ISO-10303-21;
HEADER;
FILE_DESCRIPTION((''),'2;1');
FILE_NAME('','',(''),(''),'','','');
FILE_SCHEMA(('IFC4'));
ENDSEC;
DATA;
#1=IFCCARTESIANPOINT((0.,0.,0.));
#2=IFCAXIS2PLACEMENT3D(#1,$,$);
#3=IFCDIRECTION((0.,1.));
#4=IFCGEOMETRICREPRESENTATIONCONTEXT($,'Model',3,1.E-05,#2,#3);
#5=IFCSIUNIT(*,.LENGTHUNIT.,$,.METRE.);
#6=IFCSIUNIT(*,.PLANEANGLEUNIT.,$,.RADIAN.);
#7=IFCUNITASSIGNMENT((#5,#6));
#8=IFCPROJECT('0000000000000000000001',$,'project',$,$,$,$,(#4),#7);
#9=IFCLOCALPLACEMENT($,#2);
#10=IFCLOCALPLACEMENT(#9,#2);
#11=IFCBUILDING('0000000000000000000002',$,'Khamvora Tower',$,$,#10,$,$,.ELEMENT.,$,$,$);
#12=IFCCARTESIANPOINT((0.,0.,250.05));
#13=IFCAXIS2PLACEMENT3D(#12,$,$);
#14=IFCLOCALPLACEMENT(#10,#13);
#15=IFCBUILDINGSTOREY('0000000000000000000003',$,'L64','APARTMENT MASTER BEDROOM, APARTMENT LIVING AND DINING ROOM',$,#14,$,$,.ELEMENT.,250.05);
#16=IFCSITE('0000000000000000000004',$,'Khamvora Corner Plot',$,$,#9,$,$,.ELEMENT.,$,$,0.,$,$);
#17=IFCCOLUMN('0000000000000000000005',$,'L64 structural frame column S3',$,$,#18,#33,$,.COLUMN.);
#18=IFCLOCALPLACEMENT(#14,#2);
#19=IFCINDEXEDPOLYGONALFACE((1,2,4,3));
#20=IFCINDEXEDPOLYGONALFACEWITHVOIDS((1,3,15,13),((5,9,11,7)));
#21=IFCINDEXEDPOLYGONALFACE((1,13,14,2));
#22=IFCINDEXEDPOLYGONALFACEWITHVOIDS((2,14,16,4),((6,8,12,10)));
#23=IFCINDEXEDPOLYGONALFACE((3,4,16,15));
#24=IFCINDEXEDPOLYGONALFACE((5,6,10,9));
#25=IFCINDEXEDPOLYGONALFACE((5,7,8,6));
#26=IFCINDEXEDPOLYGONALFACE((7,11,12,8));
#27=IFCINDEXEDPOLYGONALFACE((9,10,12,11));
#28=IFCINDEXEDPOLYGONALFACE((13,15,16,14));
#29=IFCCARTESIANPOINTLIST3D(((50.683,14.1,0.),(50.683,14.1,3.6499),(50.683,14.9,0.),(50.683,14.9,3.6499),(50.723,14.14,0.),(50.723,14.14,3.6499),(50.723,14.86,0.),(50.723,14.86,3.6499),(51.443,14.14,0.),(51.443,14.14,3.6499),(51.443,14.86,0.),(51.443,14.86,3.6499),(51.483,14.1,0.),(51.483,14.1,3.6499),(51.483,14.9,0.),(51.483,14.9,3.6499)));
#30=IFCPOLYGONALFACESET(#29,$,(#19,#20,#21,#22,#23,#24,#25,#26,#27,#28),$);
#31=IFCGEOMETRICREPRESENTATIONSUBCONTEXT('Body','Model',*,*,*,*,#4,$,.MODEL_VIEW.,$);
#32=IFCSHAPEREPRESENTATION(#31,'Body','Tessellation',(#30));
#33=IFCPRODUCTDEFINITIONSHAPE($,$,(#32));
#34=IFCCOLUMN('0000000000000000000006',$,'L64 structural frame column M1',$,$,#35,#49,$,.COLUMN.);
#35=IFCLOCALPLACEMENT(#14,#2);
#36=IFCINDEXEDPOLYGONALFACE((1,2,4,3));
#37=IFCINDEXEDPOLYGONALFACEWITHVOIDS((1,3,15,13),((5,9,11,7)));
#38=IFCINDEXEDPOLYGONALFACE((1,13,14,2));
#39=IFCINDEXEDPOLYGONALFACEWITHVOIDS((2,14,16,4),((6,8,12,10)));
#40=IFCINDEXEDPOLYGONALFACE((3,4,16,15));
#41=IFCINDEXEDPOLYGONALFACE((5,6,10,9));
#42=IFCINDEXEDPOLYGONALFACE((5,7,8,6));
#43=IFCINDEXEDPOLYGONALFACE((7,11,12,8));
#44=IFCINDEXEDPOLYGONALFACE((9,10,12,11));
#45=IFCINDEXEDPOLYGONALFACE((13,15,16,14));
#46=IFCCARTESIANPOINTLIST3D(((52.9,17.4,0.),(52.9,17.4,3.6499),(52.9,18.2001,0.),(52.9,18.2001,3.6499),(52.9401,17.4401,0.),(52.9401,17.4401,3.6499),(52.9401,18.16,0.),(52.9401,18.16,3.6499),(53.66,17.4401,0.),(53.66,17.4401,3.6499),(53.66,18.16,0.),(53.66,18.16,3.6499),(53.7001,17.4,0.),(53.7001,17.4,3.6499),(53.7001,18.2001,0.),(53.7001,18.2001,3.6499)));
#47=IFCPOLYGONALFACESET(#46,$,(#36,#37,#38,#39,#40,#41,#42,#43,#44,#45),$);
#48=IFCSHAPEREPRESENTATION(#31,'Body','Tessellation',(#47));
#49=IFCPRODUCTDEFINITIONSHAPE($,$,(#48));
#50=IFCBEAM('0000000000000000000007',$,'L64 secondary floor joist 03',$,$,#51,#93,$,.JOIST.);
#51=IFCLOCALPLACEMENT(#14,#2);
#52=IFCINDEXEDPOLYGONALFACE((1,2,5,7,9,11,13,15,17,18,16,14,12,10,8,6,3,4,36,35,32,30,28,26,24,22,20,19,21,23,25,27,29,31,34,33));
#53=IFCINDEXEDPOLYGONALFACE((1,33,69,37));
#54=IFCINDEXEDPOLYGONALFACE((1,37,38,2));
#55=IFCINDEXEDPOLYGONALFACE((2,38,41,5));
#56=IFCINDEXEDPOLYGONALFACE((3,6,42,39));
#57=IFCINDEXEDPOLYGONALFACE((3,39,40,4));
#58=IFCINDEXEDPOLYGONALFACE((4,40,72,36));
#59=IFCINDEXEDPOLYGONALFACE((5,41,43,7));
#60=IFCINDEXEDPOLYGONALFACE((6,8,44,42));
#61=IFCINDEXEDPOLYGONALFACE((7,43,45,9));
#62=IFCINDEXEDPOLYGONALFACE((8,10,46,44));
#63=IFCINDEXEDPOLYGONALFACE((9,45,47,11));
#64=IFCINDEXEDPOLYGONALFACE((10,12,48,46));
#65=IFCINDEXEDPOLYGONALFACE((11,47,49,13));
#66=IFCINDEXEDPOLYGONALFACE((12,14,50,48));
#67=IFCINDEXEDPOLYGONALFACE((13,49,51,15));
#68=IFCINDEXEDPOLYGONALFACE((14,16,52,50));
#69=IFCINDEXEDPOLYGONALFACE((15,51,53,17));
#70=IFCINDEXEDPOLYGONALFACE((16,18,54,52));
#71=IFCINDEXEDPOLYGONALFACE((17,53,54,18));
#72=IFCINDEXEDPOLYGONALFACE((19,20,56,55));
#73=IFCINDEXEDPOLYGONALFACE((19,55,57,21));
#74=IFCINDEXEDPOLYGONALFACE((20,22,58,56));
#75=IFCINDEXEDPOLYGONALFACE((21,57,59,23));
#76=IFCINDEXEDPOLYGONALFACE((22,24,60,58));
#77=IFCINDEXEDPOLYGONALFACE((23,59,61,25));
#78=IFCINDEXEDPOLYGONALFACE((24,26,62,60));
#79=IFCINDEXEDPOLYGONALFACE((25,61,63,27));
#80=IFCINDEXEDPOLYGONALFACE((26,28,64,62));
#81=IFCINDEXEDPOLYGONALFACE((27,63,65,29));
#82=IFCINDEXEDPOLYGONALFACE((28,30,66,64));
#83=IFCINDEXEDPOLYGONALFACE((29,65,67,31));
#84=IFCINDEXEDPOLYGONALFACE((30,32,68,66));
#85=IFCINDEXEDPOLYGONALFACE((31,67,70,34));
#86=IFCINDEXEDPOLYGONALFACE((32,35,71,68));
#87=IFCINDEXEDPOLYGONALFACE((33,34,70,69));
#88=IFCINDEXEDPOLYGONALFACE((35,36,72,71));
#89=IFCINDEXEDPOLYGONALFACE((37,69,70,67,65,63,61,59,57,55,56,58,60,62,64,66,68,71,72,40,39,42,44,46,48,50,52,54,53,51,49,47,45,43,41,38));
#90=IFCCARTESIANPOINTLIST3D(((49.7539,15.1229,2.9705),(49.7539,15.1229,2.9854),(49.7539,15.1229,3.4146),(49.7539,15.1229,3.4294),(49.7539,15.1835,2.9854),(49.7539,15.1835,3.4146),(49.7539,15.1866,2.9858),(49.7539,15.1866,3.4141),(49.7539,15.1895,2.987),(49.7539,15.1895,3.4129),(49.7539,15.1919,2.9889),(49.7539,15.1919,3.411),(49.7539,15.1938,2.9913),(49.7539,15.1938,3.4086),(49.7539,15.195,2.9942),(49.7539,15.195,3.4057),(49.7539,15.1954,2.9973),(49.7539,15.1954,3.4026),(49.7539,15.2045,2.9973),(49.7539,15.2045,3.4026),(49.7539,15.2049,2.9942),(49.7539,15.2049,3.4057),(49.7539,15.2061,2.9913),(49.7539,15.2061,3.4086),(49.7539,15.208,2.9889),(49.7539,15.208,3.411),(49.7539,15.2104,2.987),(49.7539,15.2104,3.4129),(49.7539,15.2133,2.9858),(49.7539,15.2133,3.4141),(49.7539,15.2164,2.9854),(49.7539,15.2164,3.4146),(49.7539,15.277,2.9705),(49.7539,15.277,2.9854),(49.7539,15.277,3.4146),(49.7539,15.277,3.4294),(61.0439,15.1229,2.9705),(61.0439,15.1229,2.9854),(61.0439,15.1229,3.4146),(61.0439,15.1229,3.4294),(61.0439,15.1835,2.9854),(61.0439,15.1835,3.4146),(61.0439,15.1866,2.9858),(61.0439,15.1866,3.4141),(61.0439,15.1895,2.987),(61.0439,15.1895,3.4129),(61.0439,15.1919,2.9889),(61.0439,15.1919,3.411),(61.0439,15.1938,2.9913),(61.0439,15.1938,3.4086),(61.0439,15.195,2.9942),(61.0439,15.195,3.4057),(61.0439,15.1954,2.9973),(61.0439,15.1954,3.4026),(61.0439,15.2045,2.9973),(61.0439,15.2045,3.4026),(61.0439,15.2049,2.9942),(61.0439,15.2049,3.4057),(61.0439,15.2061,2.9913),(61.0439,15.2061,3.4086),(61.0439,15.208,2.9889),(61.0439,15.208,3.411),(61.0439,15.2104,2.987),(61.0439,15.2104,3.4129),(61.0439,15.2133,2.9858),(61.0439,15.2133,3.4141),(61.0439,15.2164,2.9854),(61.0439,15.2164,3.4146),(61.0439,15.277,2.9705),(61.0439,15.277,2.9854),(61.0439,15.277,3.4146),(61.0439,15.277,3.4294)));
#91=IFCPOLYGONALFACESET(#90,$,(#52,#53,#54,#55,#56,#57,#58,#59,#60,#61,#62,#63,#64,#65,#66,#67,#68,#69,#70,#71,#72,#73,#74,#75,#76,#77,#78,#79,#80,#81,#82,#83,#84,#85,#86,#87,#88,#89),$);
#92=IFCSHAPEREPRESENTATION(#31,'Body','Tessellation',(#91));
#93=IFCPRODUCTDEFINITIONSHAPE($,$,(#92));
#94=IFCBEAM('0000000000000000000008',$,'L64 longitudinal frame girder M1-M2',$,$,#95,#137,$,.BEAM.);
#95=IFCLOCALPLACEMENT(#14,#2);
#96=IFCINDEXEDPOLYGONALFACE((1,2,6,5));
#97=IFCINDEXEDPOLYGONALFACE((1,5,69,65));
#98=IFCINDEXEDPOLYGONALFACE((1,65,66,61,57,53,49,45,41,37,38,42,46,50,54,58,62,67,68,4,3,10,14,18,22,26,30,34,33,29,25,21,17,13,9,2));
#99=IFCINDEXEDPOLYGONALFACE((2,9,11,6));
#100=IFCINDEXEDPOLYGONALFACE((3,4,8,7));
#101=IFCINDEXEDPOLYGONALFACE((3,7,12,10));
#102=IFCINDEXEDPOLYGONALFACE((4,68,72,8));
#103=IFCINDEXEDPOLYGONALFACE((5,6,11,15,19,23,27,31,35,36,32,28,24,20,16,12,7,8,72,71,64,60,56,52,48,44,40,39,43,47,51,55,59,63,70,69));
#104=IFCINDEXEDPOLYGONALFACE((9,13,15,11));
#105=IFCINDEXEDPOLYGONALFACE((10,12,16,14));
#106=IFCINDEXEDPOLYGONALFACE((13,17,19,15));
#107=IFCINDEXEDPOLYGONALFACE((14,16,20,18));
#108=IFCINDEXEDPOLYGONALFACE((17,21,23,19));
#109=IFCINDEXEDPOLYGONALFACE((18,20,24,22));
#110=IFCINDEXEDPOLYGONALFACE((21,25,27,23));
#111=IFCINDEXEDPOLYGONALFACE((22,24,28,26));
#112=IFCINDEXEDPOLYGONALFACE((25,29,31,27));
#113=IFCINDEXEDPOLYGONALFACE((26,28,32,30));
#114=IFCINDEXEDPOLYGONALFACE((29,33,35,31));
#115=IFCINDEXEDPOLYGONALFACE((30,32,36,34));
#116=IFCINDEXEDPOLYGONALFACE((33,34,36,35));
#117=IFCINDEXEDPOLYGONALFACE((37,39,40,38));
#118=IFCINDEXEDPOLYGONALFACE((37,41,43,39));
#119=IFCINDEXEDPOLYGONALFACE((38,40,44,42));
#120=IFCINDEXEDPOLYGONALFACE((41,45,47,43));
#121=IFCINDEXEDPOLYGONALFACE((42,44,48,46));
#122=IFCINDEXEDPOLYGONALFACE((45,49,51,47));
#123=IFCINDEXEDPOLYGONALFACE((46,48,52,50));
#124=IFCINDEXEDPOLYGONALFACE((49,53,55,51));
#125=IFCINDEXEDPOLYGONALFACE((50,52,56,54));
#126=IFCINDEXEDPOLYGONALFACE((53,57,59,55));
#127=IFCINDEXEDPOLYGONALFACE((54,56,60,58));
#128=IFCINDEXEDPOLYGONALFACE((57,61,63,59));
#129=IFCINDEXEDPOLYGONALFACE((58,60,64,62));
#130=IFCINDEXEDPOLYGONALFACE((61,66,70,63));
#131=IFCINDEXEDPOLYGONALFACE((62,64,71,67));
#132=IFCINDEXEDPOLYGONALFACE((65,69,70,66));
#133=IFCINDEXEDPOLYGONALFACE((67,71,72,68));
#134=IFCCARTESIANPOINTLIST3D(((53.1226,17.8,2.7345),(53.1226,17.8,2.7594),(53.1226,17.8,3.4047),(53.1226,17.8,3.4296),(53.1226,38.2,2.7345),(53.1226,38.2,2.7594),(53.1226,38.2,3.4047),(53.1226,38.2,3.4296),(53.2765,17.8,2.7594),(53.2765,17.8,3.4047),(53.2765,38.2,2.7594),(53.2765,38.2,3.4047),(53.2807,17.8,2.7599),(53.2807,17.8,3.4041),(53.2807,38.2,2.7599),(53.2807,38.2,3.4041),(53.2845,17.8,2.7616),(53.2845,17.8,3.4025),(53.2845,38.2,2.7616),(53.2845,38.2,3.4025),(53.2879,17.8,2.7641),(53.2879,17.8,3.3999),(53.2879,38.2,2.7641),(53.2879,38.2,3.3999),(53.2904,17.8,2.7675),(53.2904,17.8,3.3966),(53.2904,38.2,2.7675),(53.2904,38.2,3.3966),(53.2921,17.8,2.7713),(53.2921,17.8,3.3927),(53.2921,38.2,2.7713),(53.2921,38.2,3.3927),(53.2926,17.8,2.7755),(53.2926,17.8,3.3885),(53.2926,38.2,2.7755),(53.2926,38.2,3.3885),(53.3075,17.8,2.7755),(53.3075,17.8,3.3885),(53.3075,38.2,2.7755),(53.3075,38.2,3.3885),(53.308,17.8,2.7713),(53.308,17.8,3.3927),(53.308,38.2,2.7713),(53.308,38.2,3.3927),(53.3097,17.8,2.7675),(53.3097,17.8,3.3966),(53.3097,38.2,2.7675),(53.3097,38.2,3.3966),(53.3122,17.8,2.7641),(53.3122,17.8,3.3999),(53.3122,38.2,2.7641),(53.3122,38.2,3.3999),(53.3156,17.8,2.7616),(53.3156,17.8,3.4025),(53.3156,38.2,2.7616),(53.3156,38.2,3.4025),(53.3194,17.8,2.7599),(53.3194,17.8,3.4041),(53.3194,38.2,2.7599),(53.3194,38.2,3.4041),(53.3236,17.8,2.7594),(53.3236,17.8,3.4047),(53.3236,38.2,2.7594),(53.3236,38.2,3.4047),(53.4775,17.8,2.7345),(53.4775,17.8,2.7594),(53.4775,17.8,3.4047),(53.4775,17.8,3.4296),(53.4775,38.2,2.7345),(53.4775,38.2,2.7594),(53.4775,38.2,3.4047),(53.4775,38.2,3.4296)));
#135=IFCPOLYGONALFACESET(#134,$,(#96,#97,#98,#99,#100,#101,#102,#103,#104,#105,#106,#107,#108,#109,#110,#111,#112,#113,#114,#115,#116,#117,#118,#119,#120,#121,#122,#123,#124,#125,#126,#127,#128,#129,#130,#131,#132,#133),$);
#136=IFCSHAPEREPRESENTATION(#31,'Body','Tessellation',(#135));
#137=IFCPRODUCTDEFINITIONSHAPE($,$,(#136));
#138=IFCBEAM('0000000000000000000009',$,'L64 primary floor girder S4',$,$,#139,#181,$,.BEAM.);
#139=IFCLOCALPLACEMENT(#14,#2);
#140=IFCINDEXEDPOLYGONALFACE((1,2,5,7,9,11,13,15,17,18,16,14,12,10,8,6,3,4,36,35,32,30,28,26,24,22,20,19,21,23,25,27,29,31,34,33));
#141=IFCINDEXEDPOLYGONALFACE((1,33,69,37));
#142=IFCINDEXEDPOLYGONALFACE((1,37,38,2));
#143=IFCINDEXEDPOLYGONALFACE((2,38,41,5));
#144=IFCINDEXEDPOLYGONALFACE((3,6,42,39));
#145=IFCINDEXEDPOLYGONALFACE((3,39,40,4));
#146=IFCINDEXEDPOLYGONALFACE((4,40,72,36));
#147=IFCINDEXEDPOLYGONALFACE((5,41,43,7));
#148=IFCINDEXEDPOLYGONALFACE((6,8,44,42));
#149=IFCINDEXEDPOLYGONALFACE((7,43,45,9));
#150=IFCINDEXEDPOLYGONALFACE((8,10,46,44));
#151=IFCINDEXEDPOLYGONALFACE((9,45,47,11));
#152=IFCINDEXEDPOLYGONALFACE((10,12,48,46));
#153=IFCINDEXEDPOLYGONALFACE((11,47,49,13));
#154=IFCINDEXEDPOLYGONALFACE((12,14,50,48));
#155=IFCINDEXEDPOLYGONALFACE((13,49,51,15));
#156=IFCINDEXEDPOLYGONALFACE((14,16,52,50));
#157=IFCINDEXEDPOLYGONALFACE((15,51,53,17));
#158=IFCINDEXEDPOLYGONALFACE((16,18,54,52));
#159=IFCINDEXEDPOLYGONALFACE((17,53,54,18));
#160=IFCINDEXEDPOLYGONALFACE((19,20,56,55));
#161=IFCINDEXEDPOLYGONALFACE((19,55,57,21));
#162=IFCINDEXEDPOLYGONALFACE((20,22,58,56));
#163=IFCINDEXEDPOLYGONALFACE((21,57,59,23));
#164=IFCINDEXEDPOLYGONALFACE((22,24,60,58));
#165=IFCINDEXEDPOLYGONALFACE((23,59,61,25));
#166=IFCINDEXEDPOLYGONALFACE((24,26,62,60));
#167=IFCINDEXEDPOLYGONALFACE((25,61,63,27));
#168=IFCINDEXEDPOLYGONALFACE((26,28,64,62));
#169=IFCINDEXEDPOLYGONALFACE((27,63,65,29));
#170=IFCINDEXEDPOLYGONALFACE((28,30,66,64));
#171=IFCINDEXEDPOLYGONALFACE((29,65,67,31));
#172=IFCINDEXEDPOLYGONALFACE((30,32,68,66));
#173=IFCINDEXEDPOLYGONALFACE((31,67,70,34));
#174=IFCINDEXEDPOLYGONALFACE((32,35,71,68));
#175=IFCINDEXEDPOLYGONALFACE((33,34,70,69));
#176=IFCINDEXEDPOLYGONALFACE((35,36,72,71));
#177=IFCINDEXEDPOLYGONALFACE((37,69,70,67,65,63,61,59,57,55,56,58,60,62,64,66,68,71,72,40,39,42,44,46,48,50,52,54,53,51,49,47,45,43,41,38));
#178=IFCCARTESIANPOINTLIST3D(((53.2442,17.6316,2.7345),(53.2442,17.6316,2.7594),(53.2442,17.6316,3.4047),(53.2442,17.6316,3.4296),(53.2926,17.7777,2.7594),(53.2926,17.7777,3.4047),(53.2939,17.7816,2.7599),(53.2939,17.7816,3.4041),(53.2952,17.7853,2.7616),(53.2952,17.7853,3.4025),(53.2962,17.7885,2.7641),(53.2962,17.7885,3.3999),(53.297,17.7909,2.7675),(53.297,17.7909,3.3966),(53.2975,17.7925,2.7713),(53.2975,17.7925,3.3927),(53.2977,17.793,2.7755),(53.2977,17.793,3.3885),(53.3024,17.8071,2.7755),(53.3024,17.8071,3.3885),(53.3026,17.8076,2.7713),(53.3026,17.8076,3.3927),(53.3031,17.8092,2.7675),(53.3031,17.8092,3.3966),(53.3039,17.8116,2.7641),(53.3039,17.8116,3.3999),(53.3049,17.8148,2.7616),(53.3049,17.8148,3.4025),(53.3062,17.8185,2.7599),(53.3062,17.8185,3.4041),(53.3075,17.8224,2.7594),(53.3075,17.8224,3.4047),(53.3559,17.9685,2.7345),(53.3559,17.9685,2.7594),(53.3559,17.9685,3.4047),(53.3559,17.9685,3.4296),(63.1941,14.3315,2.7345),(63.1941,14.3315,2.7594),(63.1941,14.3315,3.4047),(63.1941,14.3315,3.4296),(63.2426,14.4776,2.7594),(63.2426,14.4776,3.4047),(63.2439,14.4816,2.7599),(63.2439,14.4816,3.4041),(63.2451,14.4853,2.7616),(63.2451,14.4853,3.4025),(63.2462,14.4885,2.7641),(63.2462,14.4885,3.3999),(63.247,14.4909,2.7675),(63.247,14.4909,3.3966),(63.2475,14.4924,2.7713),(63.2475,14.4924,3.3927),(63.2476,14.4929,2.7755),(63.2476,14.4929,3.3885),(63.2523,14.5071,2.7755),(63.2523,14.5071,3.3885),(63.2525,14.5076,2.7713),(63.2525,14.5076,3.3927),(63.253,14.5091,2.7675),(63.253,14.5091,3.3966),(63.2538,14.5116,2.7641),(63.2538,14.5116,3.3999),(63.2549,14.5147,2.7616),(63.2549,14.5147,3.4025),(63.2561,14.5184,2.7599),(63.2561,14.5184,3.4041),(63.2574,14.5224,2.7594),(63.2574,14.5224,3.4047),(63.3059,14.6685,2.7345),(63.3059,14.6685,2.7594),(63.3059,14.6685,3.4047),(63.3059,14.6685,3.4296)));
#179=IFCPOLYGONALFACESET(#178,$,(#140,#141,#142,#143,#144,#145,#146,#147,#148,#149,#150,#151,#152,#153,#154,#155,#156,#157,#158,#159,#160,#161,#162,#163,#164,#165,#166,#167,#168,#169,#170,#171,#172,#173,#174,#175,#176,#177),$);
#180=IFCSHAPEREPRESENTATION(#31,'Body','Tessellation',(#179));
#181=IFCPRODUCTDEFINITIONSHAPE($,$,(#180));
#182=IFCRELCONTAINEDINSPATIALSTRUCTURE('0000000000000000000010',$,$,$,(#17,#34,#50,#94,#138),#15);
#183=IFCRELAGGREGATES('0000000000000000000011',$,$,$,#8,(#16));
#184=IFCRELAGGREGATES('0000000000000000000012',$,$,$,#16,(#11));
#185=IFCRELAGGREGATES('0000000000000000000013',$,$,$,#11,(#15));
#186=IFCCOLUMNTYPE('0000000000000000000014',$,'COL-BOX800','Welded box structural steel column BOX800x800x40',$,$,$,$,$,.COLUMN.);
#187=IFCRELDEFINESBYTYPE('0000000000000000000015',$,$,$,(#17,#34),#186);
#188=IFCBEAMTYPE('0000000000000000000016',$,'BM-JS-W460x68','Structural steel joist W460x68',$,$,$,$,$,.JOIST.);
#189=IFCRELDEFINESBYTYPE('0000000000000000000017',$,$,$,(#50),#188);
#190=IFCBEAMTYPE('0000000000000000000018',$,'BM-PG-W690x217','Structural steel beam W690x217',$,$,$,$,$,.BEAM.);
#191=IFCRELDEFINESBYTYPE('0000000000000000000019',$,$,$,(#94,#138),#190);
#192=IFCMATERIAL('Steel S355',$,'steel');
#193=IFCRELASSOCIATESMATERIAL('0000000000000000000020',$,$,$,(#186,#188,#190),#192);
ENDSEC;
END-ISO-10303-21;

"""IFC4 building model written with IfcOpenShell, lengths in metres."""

from ifc_helpers import new_model, si_unit, direction, frame, origin, origin_2d, place, context, subcontext, project, spatial, hollow_rectangle, i_section, extrude, material, material_profile, profile_set, type_object, element, save


model = new_model("IFC4")

# Units and contexts
model_context = context("Model", 3, precision=1e-05, world=origin(), true_north=direction((0.0, 1.0)))
body_context = subcontext(model_context, "Body", "Model", "MODEL_VIEW")
ifc_project = project(units=[si_unit("LENGTHUNIT", "METRE"), si_unit("PLANEANGLEUNIT", "RADIAN")], contexts=[model_context])

# Site, building, storey
site_placement = place(None, origin())
site = spatial("IfcSite", under=ifc_project, at=site_placement, Name="Khamvora Corner Plot", CompositionType="ELEMENT", RefElevation=0.0)
building_placement = place(site_placement, origin())
building = spatial("IfcBuilding", under=site, at=building_placement, Name="Khamvora Tower", CompositionType="ELEMENT")
storey_placement = place(building_placement, frame((0.0, 0.0, 250.05)))
storey = spatial("IfcBuildingStorey", under=building, at=storey_placement, Name="L64", Description="APARTMENT MASTER BEDROOM, APARTMENT LIVING AND DINING ROOM", CompositionType="ELEMENT", Elevation=250.05)

# Columns
ifc_material_1 = material(Name="Steel S355", Category="steel")
ifc_material_profile_1 = material_profile(ifc_material_1, hollow_rectangle(XDim=0.8, YDim=0.8, WallThickness=0.04, at=origin_2d()), Name="BOX800x800x40")
ifc_profile_set_1 = profile_set([ifc_material_profile_1], Name="Steel S355")
column_type = type_object("IfcColumnType", Name="COL-BOX800", Description="Welded box structural steel column BOX800x800x40", PredefinedType="COLUMN", material=ifc_profile_set_1)
for number, where, z_axis, x_axis, name in (
    (1, (51.083, 14.5, 0.0), (0.0, 0.0, 1.0), (1.0, 0.0, 0.0), "L64 structural frame column S3"),
    (2, (53.3, 17.8, 0.0), (0.0, 0.0, 1.0), (1.0, 0.0, 0.0), "L64 structural frame column M1"),
):
    element("IfcColumn", number, at=place(storey_placement, frame(where, z_axis=z_axis, x_axis=x_axis)), inside=storey, type_object=column_type, Name=name, PredefinedType="COLUMN", context=body_context, shape_type="SweptSolid", body=[
        extrude(hollow_rectangle(XDim=0.8, YDim=0.8, WallThickness=0.04, at=origin_2d()), origin(), (0.0, 0.0, 1.0), 3.6499),
    ])

# Beams
ifc_material_profile_2 = material_profile(ifc_material_1, i_section(OverallWidth=0.1541, OverallDepth=0.459, WebThickness=0.009, FlangeThickness=0.0149, FilletRadius=0.012, at=origin_2d()), Name="W460x68")
ifc_profile_set_2 = profile_set([ifc_material_profile_2], Name="Steel S355")
beam_type_1 = type_object("IfcBeamType", Name="BM-JS-W460x68", Description="Structural steel joist W460x68", PredefinedType="JOIST", material=ifc_profile_set_2)
beam_1_placement = place(storey_placement, frame((49.7539, 15.2, 3.2), z_axis=(1.0, 0.0, 0.0), x_axis=(0.0, 1.0, 0.0)))
element("IfcBeam", 3, at=beam_1_placement, inside=storey, type_object=beam_type_1, Name="L64 secondary floor joist 03", PredefinedType="JOIST", context=body_context, shape_type="SweptSolid", body=[
    extrude(i_section(OverallWidth=0.1541, OverallDepth=0.459, WebThickness=0.009, FlangeThickness=0.0149, FilletRadius=0.012, at=origin_2d()), origin(), (0.0, 0.0, 1.0), 11.29),
])
ifc_material_profile_3 = material_profile(ifc_material_1, i_section(OverallWidth=0.355, OverallDepth=0.6951, WebThickness=0.0149, FlangeThickness=0.0249, FilletRadius=0.0161, at=origin_2d()), Name="W690x217")
ifc_profile_set_3 = profile_set([ifc_material_profile_3], Name="Steel S355")
beam_type_2 = type_object("IfcBeamType", Name="BM-PG-W690x217", Description="Structural steel beam W690x217", PredefinedType="BEAM", material=ifc_profile_set_3)
beam_2_placement = place(storey_placement, frame((53.3, 17.8, 3.082), z_axis=(0.0, 1.0, 0.0), x_axis=(-1.0, 0.0, 0.0)))
element("IfcBeam", 4, at=beam_2_placement, inside=storey, type_object=beam_type_2, Name="L64 longitudinal frame girder M1-M2", PredefinedType="BEAM", context=body_context, shape_type="SweptSolid", body=[
    extrude(i_section(OverallWidth=0.355, OverallDepth=0.6951, WebThickness=0.0149, FlangeThickness=0.0249, FilletRadius=0.0161, at=origin_2d()), origin(), (0.0, 0.0, 1.0), 20.3999),
])
beam_3_placement = place(storey_placement, frame((53.3, 17.8, 3.082), z_axis=(0.949157, -0.314802, 0.0), x_axis=(0.314802, 0.949157, 0.0)))
element("IfcBeam", 5, at=beam_3_placement, inside=storey, type_object=beam_type_2, Name="L64 primary floor girder S4", PredefinedType="BEAM", context=body_context, shape_type="SweptSolid", body=[
    extrude(i_section(OverallWidth=0.355, OverallDepth=0.6951, WebThickness=0.0149, FlangeThickness=0.0249, FilletRadius=0.0161, at=origin_2d()), origin(), (0.0, 0.0, 1.0), 10.4829),
])

save(model, "model.ifc")
